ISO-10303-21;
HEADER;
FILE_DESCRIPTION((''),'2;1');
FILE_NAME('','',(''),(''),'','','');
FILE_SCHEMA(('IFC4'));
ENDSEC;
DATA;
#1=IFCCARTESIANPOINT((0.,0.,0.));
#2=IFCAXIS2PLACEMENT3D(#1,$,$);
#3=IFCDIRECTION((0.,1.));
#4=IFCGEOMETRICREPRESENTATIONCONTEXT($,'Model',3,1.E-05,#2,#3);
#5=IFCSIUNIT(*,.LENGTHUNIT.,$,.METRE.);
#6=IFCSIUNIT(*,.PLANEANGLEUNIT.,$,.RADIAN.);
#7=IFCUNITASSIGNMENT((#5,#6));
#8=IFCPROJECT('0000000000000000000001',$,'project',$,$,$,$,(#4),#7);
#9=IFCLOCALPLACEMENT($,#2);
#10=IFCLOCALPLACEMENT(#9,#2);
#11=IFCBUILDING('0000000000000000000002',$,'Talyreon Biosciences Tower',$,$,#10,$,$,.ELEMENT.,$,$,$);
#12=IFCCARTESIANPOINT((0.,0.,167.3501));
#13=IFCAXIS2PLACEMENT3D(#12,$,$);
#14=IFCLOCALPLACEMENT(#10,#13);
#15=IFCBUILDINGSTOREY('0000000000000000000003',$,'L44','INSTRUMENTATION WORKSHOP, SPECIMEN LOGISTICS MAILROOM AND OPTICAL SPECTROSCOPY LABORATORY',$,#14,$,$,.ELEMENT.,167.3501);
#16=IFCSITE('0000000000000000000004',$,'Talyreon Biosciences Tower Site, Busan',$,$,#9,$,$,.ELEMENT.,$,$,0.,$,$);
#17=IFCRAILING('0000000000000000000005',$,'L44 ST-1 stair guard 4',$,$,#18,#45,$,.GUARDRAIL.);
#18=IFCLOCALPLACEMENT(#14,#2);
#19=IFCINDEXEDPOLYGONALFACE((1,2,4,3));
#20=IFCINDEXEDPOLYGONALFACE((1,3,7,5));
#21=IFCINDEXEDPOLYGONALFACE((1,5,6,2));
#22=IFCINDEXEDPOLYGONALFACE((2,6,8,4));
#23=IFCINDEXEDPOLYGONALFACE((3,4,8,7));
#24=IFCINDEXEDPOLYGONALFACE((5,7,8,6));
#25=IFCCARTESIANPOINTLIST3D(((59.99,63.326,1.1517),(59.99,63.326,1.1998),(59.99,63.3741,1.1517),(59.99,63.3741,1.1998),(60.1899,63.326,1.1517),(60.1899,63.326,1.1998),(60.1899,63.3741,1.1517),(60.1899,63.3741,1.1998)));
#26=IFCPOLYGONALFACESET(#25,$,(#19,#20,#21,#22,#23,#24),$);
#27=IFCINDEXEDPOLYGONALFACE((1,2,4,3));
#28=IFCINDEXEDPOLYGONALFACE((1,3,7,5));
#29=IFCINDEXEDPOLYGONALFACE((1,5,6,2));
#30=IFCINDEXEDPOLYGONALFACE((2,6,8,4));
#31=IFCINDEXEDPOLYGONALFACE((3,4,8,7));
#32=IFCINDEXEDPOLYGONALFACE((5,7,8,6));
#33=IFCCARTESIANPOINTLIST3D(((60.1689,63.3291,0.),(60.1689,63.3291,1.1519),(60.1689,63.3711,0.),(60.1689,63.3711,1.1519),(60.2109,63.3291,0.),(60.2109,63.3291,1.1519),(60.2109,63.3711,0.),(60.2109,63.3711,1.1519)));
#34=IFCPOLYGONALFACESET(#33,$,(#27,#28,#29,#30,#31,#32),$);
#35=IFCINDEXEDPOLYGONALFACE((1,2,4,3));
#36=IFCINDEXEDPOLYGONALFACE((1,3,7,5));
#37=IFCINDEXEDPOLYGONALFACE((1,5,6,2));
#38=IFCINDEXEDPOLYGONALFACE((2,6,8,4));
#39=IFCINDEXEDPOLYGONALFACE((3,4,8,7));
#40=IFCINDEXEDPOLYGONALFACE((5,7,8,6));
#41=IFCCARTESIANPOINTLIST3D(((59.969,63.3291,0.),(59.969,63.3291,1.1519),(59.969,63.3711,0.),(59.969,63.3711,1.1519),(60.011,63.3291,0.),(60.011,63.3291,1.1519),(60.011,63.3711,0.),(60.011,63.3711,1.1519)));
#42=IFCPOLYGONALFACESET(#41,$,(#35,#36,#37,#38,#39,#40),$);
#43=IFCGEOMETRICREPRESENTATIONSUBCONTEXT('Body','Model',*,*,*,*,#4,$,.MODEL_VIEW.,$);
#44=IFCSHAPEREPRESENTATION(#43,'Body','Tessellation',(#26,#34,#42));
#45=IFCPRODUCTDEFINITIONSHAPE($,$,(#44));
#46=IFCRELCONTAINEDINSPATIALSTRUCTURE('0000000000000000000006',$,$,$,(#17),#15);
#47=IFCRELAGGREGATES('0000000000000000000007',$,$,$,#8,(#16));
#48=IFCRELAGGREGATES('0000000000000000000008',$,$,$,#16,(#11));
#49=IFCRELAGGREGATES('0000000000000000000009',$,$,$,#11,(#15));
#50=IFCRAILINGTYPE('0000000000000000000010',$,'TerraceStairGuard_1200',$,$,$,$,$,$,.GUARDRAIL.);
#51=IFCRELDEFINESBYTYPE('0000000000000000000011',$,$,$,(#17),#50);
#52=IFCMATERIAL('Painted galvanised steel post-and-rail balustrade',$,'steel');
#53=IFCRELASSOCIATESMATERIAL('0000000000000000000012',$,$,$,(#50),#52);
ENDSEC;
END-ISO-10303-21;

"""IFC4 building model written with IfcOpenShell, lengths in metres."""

from ifc_helpers import new_model, si_unit, direction, frame, origin, origin_2d, place, context, subcontext, project, spatial, rectangle, extrude, material, type_object, element, save


model = new_model("IFC4")

# Units and contexts
model_context = context("Model", 3, precision=1e-05, world=origin(), true_north=direction((0.0, 1.0)))
body_context = subcontext(model_context, "Body", "Model", "MODEL_VIEW")
ifc_project = project(units=[si_unit("LENGTHUNIT", "METRE"), si_unit("PLANEANGLEUNIT", "RADIAN")], contexts=[model_context])

# Site, building, storey
site_placement = place(None, origin())
site = spatial("IfcSite", under=ifc_project, at=site_placement, Name="Talyreon Biosciences Tower Site, Busan", CompositionType="ELEMENT", RefElevation=0.0)
building_placement = place(site_placement, origin())
building = spatial("IfcBuilding", under=site, at=building_placement, Name="Talyreon Biosciences Tower", CompositionType="ELEMENT")
storey_placement = place(building_placement, frame((0.0, 0.0, 167.3501)))
storey = spatial("IfcBuildingStorey", under=building, at=storey_placement, Name="L44", Description="INSTRUMENTATION WORKSHOP, SPECIMEN LOGISTICS MAILROOM AND OPTICAL SPECTROSCOPY LABORATORY", CompositionType="ELEMENT", Elevation=167.3501)

# Railing
ifc_material_1 = material(Name="Painted galvanised steel post-and-rail balustrade", Category="steel")
railing_type_1 = type_object("IfcRailingType", Name="TerraceStairGuard_1200", PredefinedType="GUARDRAIL", material=ifc_material_1)
railing_1_placement = place(storey_placement, frame((60.1899, 63.3501, 0.0)))
element("IfcRailing", 1, at=railing_1_placement, inside=storey, type_object=railing_type_1, Name="L44 ST-1 stair guard 4", PredefinedType="GUARDRAIL", context=body_context, shape_type="SweptSolid", body=[
    extrude(rectangle(XDim=0.0481, YDim=0.0481, at=origin_2d()), frame((0.0, 0.0, 1.1758), z_axis=(-1.0, 0.0, 0.0), x_axis=(0.0, -1.0, 0.0)), (0.0, 0.0, 1.0), 0.2),
    extrude(rectangle(XDim=0.042, YDim=0.042, at=origin_2d()), origin(), (0.0, 0.0, 1.0), 1.1519),
    extrude(rectangle(XDim=0.042, YDim=0.042, at=origin_2d()), frame((-0.2, 0.0, 0.0)), (0.0, 0.0, 1.0), 1.1519),
])

save(model, "model.ifc")
